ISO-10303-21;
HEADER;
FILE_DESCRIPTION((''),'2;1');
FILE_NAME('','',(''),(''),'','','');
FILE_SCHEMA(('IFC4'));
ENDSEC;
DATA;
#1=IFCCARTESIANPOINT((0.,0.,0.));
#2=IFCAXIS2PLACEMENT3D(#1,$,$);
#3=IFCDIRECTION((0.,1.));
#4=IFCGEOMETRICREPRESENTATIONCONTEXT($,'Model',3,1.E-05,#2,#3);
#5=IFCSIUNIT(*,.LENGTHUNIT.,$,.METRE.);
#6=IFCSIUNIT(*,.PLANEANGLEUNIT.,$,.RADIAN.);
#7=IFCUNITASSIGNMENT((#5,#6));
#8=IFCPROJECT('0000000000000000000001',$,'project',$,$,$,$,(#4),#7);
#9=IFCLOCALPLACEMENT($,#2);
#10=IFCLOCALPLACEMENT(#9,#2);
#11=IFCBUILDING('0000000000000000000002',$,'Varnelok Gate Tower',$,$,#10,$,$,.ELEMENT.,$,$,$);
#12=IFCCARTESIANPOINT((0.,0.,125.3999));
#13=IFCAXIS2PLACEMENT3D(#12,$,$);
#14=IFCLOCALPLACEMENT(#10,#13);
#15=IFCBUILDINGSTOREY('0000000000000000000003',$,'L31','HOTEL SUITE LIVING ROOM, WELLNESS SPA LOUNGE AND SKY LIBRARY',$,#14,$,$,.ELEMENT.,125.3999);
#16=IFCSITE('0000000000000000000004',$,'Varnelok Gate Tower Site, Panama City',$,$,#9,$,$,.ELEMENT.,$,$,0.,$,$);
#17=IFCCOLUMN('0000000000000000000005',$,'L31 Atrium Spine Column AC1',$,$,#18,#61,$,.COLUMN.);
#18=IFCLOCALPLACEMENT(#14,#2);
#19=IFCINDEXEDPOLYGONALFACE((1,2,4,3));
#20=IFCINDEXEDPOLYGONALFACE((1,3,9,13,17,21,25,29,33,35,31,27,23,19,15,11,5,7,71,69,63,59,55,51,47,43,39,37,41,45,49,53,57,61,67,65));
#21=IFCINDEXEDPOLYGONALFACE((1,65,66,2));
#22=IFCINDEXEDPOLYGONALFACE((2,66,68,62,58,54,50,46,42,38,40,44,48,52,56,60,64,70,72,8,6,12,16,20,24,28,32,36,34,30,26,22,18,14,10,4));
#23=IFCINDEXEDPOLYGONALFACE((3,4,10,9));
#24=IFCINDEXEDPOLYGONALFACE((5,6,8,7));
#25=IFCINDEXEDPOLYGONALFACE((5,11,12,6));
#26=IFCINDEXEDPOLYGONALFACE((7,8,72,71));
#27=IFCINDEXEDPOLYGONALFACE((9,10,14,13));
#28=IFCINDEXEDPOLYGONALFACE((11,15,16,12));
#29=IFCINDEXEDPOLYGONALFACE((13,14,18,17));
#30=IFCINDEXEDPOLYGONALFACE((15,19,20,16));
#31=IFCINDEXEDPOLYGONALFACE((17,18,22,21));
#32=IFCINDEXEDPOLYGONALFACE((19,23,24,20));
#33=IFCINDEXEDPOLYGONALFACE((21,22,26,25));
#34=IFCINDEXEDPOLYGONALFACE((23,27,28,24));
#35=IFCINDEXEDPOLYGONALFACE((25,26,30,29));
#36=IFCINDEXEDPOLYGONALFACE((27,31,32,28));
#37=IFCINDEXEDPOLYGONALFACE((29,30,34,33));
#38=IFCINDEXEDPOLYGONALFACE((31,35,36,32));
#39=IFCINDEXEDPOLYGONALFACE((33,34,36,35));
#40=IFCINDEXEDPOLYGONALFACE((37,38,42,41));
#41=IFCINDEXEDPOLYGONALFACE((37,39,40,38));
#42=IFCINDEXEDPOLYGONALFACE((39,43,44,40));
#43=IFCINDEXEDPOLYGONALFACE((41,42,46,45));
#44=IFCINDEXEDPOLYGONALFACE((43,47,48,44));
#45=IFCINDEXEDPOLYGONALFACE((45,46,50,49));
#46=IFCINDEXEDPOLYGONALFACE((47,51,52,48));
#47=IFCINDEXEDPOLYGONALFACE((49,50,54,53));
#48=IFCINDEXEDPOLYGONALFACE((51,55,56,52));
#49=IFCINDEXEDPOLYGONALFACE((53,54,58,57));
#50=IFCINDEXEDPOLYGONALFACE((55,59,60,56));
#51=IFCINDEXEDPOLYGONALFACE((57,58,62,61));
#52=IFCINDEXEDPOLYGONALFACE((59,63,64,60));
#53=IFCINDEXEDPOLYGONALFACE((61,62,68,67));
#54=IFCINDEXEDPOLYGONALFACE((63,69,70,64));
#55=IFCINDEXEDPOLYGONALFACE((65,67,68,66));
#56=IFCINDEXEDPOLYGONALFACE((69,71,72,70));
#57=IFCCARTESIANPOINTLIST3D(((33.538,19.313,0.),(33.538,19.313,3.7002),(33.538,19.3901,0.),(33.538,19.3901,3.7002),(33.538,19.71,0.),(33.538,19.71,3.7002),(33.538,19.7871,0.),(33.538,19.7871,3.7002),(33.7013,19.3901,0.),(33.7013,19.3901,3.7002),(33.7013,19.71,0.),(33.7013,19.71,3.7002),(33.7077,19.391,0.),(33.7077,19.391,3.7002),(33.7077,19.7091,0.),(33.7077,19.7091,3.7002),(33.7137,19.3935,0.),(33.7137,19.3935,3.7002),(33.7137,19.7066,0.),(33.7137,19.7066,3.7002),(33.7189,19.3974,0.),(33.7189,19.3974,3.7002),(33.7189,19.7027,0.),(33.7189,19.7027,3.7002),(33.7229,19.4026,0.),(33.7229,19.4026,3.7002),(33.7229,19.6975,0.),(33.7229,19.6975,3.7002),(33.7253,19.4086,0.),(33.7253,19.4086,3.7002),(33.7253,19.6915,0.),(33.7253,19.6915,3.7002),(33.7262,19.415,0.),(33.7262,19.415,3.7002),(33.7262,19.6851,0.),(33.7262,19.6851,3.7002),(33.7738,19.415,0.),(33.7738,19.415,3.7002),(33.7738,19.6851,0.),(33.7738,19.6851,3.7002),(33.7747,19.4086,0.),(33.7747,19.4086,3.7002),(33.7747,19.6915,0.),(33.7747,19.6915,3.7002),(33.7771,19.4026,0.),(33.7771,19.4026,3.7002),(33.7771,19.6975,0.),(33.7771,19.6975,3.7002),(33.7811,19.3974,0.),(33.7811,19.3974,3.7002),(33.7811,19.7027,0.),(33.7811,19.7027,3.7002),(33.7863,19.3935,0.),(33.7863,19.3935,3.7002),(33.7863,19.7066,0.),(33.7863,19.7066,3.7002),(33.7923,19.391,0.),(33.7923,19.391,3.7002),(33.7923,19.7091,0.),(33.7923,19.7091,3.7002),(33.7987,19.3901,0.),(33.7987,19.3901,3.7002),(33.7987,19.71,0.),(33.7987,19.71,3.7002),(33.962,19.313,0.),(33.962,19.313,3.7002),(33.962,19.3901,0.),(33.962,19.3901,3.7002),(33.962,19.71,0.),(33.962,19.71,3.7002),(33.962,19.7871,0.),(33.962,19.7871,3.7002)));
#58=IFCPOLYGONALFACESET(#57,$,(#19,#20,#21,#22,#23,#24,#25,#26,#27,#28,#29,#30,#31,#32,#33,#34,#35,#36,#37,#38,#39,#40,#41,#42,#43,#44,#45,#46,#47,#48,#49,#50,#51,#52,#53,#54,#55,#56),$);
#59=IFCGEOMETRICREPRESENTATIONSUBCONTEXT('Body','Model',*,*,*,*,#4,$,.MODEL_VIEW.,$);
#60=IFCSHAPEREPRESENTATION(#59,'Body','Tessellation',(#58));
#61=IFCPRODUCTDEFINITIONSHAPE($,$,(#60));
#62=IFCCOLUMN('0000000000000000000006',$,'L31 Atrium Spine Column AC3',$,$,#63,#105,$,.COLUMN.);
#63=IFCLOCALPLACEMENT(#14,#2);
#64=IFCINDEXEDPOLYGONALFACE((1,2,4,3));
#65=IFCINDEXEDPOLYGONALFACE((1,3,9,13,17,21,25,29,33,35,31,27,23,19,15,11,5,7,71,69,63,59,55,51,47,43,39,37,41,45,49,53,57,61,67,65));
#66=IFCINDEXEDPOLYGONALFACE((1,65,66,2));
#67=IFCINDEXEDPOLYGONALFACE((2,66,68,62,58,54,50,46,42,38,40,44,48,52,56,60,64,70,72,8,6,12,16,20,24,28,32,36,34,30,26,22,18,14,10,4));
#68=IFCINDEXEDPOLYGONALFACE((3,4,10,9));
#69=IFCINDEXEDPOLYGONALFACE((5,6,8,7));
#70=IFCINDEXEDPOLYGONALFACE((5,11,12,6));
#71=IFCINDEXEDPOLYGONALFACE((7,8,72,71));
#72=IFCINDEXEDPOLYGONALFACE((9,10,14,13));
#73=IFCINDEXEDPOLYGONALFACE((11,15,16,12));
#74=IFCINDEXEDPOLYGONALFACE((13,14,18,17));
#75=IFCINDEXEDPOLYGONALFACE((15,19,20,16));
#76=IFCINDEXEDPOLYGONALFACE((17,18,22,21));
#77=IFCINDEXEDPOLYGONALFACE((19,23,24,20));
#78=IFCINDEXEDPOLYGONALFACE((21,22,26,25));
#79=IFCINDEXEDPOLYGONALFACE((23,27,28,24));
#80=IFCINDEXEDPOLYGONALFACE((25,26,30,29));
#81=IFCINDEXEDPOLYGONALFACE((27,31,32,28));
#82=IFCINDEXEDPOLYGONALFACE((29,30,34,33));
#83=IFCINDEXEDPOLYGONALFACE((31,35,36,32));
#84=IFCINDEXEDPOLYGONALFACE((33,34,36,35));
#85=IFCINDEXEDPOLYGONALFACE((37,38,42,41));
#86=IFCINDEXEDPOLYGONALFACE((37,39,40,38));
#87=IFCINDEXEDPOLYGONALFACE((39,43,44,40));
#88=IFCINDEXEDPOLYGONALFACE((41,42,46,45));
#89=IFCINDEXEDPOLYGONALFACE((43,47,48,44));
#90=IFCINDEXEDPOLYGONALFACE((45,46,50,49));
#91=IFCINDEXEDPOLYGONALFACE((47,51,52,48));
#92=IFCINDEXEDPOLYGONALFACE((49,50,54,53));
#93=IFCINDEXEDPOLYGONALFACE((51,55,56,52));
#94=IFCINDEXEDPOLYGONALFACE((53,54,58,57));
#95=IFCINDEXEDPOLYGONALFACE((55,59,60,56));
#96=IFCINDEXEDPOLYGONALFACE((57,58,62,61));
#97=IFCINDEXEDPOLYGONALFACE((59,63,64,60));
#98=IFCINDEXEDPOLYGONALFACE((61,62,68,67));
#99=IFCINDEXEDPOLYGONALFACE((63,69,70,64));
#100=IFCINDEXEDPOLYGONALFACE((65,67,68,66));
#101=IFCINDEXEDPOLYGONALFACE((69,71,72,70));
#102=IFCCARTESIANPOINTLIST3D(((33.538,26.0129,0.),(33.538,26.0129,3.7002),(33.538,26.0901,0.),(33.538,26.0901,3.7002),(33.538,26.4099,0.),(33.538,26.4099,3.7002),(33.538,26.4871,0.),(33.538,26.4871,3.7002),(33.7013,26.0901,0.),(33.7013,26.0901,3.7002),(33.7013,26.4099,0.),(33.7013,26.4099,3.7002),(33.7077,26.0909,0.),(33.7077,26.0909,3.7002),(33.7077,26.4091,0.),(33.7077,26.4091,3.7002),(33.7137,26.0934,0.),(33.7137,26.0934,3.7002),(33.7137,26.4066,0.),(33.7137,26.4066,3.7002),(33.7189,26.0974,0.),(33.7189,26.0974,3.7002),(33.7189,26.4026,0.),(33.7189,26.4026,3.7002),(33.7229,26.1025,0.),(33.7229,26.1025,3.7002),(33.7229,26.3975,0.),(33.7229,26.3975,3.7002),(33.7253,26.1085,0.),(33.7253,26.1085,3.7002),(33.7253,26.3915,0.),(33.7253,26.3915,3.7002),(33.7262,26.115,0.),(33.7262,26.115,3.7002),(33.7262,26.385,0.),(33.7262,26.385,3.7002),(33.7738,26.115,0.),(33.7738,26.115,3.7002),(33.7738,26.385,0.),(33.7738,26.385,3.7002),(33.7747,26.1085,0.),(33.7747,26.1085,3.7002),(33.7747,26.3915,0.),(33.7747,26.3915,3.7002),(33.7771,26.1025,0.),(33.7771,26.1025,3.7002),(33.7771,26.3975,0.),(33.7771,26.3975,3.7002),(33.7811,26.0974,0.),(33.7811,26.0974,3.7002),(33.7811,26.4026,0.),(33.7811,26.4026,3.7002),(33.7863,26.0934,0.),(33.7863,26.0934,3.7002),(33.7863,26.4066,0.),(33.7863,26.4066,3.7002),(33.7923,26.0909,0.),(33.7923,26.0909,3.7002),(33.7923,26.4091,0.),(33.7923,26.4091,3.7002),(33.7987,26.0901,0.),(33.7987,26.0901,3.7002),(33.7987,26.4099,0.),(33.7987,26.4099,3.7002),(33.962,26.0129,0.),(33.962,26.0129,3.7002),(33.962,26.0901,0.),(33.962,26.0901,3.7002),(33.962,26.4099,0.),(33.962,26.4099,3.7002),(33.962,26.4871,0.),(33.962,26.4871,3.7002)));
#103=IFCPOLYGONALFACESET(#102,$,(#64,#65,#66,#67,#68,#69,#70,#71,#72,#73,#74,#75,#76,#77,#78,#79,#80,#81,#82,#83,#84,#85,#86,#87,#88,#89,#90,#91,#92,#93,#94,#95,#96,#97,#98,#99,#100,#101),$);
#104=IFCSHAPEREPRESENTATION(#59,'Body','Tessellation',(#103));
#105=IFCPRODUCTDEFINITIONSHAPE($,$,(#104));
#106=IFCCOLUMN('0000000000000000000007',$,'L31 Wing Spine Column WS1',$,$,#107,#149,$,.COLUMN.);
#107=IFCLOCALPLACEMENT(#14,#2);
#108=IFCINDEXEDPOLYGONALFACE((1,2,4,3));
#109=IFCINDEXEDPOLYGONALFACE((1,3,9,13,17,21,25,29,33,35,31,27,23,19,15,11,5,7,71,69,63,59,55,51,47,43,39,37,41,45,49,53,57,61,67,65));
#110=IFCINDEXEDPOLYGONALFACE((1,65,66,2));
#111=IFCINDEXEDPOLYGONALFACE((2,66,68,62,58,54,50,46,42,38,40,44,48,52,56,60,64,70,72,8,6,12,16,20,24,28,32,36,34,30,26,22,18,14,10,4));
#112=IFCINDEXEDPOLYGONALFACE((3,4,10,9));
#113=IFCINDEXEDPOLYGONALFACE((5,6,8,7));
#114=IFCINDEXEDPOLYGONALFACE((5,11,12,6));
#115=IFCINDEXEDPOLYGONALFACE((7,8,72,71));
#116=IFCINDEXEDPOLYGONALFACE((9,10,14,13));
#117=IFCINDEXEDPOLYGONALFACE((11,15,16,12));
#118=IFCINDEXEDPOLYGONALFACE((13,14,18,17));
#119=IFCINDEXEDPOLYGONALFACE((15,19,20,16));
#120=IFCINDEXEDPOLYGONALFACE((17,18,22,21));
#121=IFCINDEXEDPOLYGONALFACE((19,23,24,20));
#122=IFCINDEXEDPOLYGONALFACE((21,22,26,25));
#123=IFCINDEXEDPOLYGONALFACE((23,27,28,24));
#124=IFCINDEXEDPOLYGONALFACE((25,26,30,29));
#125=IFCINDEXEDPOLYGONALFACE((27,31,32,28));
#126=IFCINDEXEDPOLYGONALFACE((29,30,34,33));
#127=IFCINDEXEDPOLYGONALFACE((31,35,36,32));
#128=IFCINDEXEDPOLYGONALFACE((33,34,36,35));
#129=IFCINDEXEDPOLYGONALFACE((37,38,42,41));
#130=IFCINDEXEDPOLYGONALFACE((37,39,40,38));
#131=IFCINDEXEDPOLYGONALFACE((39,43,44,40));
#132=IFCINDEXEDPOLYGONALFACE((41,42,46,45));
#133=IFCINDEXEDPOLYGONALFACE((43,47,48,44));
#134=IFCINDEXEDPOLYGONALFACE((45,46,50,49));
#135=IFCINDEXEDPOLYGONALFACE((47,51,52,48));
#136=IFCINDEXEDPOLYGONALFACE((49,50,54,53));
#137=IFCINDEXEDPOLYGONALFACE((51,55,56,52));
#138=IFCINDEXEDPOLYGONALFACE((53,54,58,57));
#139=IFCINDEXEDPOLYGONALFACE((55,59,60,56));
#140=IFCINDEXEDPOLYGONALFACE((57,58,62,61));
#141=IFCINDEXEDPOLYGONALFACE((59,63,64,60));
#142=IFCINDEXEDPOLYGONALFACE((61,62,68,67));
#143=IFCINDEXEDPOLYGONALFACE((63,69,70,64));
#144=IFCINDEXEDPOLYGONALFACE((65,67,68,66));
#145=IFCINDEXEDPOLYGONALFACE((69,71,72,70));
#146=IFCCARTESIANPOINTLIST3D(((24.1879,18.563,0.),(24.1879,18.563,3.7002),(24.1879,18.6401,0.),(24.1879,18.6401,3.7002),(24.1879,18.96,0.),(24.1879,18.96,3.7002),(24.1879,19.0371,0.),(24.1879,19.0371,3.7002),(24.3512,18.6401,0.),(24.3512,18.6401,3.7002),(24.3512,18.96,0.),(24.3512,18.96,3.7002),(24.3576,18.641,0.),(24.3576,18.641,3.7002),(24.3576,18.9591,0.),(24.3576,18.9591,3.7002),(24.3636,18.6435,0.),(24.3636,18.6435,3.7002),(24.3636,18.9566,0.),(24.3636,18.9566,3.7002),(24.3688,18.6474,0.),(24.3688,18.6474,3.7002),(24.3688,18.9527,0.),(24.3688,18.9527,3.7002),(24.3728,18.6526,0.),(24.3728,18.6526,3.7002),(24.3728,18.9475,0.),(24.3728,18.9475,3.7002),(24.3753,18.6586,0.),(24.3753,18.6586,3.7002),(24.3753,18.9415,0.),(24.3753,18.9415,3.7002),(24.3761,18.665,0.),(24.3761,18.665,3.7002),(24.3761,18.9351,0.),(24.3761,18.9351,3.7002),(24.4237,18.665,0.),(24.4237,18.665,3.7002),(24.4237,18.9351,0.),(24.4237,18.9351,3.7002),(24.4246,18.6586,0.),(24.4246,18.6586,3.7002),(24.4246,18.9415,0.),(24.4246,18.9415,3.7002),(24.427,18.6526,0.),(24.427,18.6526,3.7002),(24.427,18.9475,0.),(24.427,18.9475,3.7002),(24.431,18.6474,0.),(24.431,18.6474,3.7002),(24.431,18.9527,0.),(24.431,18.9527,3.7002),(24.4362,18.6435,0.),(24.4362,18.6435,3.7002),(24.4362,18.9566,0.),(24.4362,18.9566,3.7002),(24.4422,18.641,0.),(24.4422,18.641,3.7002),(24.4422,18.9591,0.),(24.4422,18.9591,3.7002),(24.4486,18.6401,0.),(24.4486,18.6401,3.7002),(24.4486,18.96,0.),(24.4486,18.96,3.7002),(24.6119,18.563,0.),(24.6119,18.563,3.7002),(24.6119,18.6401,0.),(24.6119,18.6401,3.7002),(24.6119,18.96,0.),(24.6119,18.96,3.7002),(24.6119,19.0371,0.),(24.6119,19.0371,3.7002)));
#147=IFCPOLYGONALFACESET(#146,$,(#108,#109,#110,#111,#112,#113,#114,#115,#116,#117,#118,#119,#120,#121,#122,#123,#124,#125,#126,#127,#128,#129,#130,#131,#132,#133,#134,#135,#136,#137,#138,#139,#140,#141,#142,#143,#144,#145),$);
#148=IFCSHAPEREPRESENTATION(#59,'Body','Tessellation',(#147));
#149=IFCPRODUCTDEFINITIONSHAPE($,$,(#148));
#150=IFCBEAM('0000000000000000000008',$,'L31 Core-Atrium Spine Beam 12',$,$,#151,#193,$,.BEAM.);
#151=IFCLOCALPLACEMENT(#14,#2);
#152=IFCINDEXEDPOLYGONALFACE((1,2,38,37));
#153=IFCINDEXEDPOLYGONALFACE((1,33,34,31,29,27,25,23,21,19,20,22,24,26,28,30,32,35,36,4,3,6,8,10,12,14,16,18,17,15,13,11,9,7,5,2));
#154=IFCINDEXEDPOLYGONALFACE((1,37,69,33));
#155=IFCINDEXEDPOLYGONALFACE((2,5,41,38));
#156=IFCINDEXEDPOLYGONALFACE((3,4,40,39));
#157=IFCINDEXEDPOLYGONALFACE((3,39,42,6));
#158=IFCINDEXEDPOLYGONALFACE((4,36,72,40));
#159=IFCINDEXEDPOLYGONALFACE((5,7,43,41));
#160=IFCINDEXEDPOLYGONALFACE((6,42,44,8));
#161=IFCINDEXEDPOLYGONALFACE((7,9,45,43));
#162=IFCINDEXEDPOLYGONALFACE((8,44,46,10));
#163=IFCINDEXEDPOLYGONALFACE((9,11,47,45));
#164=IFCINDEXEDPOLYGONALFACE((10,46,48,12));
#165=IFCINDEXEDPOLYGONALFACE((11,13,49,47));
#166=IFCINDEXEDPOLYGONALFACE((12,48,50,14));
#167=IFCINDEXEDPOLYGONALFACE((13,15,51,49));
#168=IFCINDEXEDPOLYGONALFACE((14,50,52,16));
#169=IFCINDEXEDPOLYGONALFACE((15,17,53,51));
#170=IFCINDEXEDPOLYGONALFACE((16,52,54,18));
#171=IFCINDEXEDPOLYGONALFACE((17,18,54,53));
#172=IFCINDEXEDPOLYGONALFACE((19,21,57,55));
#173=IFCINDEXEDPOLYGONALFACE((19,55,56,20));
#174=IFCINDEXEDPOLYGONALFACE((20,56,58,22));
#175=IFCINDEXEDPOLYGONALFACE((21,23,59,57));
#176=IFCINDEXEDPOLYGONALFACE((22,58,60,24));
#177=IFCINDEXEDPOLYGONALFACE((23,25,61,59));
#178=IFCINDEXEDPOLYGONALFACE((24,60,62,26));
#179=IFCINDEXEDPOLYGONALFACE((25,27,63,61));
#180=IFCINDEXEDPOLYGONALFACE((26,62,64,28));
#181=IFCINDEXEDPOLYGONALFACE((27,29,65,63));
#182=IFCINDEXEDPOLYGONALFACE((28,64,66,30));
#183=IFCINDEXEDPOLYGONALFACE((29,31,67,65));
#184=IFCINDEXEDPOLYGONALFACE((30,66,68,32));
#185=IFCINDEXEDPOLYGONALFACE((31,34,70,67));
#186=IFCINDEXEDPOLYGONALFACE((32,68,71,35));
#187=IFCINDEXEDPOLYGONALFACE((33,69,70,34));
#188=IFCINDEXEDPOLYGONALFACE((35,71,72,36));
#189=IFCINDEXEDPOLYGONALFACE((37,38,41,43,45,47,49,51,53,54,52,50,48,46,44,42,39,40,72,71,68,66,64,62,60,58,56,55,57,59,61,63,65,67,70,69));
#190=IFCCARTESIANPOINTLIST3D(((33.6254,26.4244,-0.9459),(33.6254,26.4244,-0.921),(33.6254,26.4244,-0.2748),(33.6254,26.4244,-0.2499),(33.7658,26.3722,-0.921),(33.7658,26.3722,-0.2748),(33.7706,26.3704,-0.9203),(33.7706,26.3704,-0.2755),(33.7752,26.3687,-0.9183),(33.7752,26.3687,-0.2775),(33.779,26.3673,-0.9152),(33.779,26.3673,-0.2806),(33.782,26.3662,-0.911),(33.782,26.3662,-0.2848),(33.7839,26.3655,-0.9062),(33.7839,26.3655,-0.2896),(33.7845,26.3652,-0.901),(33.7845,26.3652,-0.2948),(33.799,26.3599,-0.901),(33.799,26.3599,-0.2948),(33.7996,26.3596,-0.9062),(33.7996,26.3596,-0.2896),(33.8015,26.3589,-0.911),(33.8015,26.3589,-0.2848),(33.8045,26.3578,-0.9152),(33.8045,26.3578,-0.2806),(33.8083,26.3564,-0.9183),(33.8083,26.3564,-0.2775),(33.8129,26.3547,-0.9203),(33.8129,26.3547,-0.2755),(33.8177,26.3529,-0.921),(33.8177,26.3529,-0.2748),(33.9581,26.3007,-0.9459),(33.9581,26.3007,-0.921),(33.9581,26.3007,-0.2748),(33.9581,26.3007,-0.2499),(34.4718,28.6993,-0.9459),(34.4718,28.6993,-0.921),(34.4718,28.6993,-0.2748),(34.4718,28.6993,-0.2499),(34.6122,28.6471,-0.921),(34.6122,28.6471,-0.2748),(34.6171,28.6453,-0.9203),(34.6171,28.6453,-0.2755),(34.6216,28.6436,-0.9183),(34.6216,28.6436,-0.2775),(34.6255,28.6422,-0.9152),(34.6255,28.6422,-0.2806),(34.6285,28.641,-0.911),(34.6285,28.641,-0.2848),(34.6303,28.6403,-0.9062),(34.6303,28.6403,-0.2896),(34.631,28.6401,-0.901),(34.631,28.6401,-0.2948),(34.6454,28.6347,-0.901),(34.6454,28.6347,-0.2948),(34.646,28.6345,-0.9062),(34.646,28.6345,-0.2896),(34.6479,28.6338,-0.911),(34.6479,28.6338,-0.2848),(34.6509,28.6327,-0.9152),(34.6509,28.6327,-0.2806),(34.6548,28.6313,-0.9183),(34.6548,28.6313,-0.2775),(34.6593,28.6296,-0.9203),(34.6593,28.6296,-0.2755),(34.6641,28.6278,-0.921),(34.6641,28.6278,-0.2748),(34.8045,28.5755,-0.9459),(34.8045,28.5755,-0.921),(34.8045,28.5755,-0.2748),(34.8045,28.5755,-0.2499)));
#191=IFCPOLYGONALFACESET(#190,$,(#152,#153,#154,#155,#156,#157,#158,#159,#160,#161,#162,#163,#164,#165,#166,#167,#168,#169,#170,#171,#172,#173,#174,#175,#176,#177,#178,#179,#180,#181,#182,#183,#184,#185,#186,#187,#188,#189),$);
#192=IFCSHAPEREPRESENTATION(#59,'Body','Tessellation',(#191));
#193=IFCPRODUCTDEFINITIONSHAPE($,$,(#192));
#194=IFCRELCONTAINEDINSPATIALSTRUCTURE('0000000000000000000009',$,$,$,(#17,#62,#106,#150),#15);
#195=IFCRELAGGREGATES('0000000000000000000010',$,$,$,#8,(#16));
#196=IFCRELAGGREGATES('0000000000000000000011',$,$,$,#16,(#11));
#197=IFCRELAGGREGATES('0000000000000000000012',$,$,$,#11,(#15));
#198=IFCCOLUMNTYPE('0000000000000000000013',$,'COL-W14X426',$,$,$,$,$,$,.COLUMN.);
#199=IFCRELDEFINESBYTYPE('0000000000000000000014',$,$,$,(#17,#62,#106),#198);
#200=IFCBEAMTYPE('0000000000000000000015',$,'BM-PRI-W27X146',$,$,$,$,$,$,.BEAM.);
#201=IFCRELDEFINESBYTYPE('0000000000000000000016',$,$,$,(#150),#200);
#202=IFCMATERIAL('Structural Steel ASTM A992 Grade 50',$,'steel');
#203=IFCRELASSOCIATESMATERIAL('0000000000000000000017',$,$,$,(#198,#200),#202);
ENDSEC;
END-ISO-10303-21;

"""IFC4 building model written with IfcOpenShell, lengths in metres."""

from ifc_helpers import new_model, si_unit, direction, frame, origin, origin_2d, place, context, subcontext, project, spatial, i_section, extrude, material, material_profile, profile_set, type_object, element, save


model = new_model("IFC4")

# Units and contexts
model_context = context("Model", 3, precision=1e-05, world=origin(), true_north=direction((0.0, 1.0)))
body_context = subcontext(model_context, "Body", "Model", "MODEL_VIEW")
ifc_project = project(units=[si_unit("LENGTHUNIT", "METRE"), si_unit("PLANEANGLEUNIT", "RADIAN")], contexts=[model_context])

# Site, building, storey
site_placement = place(None, origin())
site = spatial("IfcSite", under=ifc_project, at=site_placement, Name="Varnelok Gate Tower Site, Panama City", CompositionType="ELEMENT", RefElevation=0.0)
building_placement = place(site_placement, origin())
building = spatial("IfcBuilding", under=site, at=building_placement, Name="Varnelok Gate Tower", CompositionType="ELEMENT")
storey_placement = place(building_placement, frame((0.0, 0.0, 125.3999)))
storey = spatial("IfcBuildingStorey", under=building, at=storey_placement, Name="L31", Description="HOTEL SUITE LIVING ROOM, WELLNESS SPA LOUNGE AND SKY LIBRARY", CompositionType="ELEMENT", Elevation=125.3999)

# Columns
ifc_material_1 = material(Name="Structural Steel ASTM A992 Grade 50", Category="steel")
ifc_material_profile_1 = material_profile(ifc_material_1, i_section(OverallWidth=0.4241, OverallDepth=0.4741, WebThickness=0.0476, FlangeThickness=0.0771, FilletRadius=0.0249, at=origin_2d()), Name="W14X426")
ifc_profile_set_1 = profile_set([ifc_material_profile_1], Name="Structural Steel ASTM A992 Grade 50")
column_type = type_object("IfcColumnType", Name="COL-W14X426", PredefinedType="COLUMN", material=ifc_profile_set_1)
for number, where, z_axis, x_axis, name in (
    (1, (33.75, 19.55, 0.0), (0.0, 0.0, 1.0), (1.0, 0.0, 0.0), "L31 Atrium Spine Column AC1"),
    (2, (33.75, 26.25, 0.0), (0.0, 0.0, 1.0), (1.0, 0.0, 0.0), "L31 Atrium Spine Column AC3"),
    (3, (24.3999, 18.8, 0.0), (0.0, 0.0, 1.0), (1.0, 0.0, 0.0), "L31 Wing Spine Column WS1"),
):
    element("IfcColumn", number, at=place(storey_placement, frame(where, z_axis=z_axis, x_axis=x_axis)), inside=storey, type_object=column_type, Name=name, PredefinedType="COLUMN", context=body_context, shape_type="SweptSolid", body=[
        extrude(i_section(OverallWidth=0.4241, OverallDepth=0.4741, WebThickness=0.0476, FlangeThickness=0.0771, FilletRadius=0.0249, at=origin_2d()), origin(), (0.0, 0.0, 1.0), 3.7002),
    ])

# Beam
ifc_material_profile_2 = material_profile(ifc_material_1, i_section(OverallWidth=0.355, OverallDepth=0.696, WebThickness=0.0154, FlangeThickness=0.0249, FilletRadius=0.02, at=origin_2d()), Name="W27X146")
ifc_profile_set_2 = profile_set([ifc_material_profile_2], Name="Structural Steel ASTM A992 Grade 50")
beam_type_1 = type_object("IfcBeamType", Name="BM-PRI-W27X146", PredefinedType="BEAM", material=ifc_profile_set_2)
beam_1_placement = place(storey_placement, frame((33.7917, 26.3625, -0.5979), z_axis=(0.348719, 0.937227, 0.0), x_axis=(-0.937227, 0.348719, 0.0)))
element("IfcBeam", 4, at=beam_1_placement, inside=storey, type_object=beam_type_1, Name="L31 Core-Atrium Spine Beam 12", PredefinedType="BEAM", context=body_context, shape_type="SweptSolid", body=[
    extrude(i_section(OverallWidth=0.355, OverallDepth=0.696, WebThickness=0.0154, FlangeThickness=0.0249, FilletRadius=0.02, at=origin_2d()), origin(), (0.0, 0.0, 1.0), 2.4272),
])

save(model, "model.ifc")
